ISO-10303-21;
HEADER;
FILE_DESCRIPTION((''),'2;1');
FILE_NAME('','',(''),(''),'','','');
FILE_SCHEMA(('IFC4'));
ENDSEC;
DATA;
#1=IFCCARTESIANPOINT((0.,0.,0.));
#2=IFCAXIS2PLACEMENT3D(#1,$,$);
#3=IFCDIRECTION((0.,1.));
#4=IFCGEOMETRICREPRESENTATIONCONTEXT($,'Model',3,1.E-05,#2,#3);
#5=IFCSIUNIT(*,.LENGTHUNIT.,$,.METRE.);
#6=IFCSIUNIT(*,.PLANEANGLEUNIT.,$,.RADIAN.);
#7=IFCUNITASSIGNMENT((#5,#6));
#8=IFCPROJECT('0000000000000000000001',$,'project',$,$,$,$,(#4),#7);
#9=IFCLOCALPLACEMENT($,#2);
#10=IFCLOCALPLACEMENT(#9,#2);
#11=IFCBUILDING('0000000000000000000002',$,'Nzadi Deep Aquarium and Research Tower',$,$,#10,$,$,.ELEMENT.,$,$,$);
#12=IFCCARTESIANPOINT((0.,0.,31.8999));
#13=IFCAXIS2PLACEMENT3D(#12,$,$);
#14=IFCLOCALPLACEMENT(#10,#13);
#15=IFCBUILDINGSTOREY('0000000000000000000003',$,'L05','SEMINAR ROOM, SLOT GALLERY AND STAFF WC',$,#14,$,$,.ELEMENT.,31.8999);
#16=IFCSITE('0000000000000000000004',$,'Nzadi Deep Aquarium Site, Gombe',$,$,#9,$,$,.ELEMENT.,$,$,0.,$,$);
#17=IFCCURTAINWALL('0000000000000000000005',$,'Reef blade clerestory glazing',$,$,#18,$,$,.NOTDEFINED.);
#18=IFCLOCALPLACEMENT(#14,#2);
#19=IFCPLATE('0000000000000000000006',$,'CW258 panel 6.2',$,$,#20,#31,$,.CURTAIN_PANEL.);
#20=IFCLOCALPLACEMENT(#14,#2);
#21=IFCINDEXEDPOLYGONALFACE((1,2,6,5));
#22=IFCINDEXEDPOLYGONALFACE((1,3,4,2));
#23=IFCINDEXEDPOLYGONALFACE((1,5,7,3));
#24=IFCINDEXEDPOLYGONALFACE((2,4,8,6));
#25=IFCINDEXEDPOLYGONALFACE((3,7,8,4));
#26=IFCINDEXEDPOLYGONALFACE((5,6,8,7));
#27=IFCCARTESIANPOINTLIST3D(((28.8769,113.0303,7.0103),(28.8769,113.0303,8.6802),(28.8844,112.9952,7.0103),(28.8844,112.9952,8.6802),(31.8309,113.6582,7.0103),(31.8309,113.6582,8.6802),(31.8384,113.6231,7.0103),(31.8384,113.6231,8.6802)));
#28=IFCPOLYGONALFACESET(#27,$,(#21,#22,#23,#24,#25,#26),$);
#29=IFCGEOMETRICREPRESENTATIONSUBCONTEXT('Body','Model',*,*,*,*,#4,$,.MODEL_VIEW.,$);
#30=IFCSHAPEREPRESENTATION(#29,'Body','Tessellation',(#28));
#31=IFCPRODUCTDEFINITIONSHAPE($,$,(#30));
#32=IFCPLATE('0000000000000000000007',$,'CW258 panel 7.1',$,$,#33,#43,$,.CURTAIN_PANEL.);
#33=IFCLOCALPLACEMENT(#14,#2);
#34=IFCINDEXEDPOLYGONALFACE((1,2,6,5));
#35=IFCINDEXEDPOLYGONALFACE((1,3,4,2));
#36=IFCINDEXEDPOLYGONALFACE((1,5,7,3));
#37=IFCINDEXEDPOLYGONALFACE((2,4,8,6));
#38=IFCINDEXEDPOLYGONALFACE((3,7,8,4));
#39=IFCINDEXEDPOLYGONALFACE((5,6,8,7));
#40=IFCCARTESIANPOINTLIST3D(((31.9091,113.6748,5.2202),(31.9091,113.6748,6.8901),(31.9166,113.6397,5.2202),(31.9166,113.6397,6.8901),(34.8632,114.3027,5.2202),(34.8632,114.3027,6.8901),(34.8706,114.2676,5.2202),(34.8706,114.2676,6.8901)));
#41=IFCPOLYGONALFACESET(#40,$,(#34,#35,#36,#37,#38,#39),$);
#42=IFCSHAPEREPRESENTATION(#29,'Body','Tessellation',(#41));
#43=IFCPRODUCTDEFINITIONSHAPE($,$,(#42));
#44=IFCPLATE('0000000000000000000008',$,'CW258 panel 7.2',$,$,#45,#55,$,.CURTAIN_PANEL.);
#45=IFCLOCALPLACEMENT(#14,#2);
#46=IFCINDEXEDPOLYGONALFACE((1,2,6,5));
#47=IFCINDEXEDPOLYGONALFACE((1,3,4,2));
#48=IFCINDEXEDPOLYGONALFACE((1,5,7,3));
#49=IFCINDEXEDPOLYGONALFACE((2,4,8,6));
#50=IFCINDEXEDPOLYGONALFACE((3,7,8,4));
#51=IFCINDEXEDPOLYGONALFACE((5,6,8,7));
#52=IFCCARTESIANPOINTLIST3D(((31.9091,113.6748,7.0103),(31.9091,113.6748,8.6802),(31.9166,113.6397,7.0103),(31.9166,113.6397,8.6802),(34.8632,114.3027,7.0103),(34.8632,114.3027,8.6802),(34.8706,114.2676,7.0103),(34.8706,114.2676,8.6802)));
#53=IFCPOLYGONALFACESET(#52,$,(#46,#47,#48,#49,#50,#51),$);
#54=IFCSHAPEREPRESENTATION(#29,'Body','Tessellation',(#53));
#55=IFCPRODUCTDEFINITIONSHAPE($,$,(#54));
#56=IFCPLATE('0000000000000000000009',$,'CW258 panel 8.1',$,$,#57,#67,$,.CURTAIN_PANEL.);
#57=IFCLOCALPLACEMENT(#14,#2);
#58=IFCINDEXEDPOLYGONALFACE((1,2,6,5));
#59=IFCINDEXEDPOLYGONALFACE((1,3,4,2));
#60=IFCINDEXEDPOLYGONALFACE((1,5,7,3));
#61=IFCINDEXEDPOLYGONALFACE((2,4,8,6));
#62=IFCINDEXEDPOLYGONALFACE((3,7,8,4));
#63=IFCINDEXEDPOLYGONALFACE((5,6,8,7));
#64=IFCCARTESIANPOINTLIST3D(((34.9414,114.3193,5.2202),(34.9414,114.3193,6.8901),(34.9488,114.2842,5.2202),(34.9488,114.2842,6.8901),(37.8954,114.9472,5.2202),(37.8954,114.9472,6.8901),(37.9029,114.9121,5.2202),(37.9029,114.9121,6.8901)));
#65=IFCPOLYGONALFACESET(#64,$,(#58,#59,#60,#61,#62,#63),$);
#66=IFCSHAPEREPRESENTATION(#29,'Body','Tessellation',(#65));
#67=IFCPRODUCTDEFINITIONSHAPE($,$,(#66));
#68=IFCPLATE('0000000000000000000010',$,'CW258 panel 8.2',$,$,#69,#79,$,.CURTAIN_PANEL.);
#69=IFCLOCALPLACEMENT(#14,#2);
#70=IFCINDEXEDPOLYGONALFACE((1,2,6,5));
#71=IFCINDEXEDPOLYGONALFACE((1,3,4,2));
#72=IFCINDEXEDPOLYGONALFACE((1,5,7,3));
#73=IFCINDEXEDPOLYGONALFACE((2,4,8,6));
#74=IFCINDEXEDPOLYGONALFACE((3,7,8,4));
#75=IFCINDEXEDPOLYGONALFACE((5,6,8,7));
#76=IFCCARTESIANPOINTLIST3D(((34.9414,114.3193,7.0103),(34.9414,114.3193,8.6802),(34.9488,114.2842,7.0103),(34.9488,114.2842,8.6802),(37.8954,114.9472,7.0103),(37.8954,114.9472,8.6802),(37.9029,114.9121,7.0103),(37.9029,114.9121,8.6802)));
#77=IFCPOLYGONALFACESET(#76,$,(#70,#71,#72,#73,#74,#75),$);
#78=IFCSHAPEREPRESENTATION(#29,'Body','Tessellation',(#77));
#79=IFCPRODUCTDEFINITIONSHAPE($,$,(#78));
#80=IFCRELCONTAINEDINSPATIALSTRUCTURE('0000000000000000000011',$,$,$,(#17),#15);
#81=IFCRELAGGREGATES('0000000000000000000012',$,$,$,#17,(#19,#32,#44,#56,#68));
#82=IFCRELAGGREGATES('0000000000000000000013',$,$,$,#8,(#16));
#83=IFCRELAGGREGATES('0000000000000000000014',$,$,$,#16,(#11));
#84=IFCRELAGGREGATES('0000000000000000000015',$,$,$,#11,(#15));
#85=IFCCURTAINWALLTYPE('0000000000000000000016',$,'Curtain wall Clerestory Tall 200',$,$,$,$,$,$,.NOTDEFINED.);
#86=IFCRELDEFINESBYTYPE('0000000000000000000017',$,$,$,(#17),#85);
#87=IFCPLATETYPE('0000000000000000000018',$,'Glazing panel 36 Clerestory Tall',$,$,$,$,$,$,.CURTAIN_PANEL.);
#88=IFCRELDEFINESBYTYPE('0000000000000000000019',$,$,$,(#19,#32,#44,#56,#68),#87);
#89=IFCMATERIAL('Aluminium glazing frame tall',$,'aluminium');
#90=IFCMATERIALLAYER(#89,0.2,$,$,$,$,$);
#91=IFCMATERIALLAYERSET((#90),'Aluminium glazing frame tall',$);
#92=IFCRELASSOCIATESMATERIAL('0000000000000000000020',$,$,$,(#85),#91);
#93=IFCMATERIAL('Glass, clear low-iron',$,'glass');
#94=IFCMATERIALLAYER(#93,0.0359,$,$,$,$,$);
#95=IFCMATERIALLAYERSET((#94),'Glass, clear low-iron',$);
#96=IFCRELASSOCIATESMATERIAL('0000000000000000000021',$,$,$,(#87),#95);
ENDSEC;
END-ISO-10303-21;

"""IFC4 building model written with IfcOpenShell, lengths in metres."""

from ifc_helpers import new_model, si_unit, direction, frame, origin, origin_2d, place, context, subcontext, project, spatial, rectangle, extrude, material, layer, layer_set, type_object, element, aggregate, save


model = new_model("IFC4")

# Units and contexts
model_context = context("Model", 3, precision=1e-05, world=origin(), true_north=direction((0.0, 1.0)))
body_context = subcontext(model_context, "Body", "Model", "MODEL_VIEW")
ifc_project = project(units=[si_unit("LENGTHUNIT", "METRE"), si_unit("PLANEANGLEUNIT", "RADIAN")], contexts=[model_context])

# Site, building, storey
site_placement = place(None, origin())
site = spatial("IfcSite", under=ifc_project, at=site_placement, Name="Nzadi Deep Aquarium Site, Gombe", CompositionType="ELEMENT", RefElevation=0.0)
building_placement = place(site_placement, origin())
building = spatial("IfcBuilding", under=site, at=building_placement, Name="Nzadi Deep Aquarium and Research Tower", CompositionType="ELEMENT")
storey_placement = place(building_placement, frame((0.0, 0.0, 31.8999)))
storey = spatial("IfcBuildingStorey", under=building, at=storey_placement, Name="L05", Description="SEMINAR ROOM, SLOT GALLERY AND STAFF WC", CompositionType="ELEMENT", Elevation=31.8999)

# Curtain wall
ifc_material_1 = material(Name="Aluminium glazing frame tall", Category="aluminium")
ifc_layer_1 = layer(ifc_material_1, 0.2)
ifc_layer_set_1 = layer_set([ifc_layer_1], Name="Aluminium glazing frame tall")
curtain_wall_type = type_object("IfcCurtainWallType", Name="Curtain wall Clerestory Tall 200", PredefinedType="NOTDEFINED", material=ifc_layer_set_1)
curtain_wall_placement = place(storey_placement, origin())
curtain_wall = element("IfcCurtainWall", 1, at=curtain_wall_placement, inside=storey, type_object=curtain_wall_type, Name="Reef blade clerestory glazing", PredefinedType="NOTDEFINED")

# Plates
ifc_material_2 = material(Name="Glass, clear low-iron", Category="glass")
ifc_layer_2 = layer(ifc_material_2, 0.0359)
ifc_layer_set_2 = layer_set([ifc_layer_2], Name="Glass, clear low-iron")
plate_type = type_object("IfcPlateType", Name="Glazing panel 36 Clerestory Tall", PredefinedType="CURTAIN_PANEL", material=ifc_layer_set_2)
plate_1_placement = place(storey_placement, frame((30.3577, 113.3267, 7.0103), z_axis=(0.0, 0.0, 1.0), x_axis=(0.978148, 0.207912, 0.0)))
plate_1 = element("IfcPlate", 2, at=plate_1_placement, type_object=plate_type, Name="CW258 panel 6.2", PredefinedType="CURTAIN_PANEL", context=body_context, shape_type="SweptSolid", body=[
    extrude(rectangle(XDim=3.02, YDim=0.0359, at=origin_2d()), origin(), (0.0, 0.0, 1.0), 1.6699),
])
plate_2_placement = place(storey_placement, frame((33.3899, 113.9712, 5.2202), z_axis=(0.0, 0.0, 1.0), x_axis=(0.978148, 0.207912, 0.0)))
plate_2 = element("IfcPlate", 3, at=plate_2_placement, type_object=plate_type, Name="CW258 panel 7.1", PredefinedType="CURTAIN_PANEL", context=body_context, shape_type="SweptSolid", body=[
    extrude(rectangle(XDim=3.02, YDim=0.0359, at=origin_2d()), origin(), (0.0, 0.0, 1.0), 1.6699),
])
plate_3_placement = place(storey_placement, frame((33.3899, 113.9712, 7.0103), z_axis=(0.0, 0.0, 1.0), x_axis=(0.978148, 0.207912, 0.0)))
plate_3 = element("IfcPlate", 4, at=plate_3_placement, type_object=plate_type, Name="CW258 panel 7.2", PredefinedType="CURTAIN_PANEL", context=body_context, shape_type="SweptSolid", body=[
    extrude(rectangle(XDim=3.02, YDim=0.0359, at=origin_2d()), origin(), (0.0, 0.0, 1.0), 1.6699),
])
plate_4_placement = place(storey_placement, frame((36.4221, 114.6157, 5.2202), z_axis=(0.0, 0.0, 1.0), x_axis=(0.978148, 0.207912, 0.0)))
plate_4 = element("IfcPlate", 5, at=plate_4_placement, type_object=plate_type, Name="CW258 panel 8.1", PredefinedType="CURTAIN_PANEL", context=body_context, shape_type="SweptSolid", body=[
    extrude(rectangle(XDim=3.02, YDim=0.0359, at=origin_2d()), origin(), (0.0, 0.0, 1.0), 1.6699),
])
plate_5_placement = place(storey_placement, frame((36.4221, 114.6157, 7.0103), z_axis=(0.0, 0.0, 1.0), x_axis=(0.978148, 0.207912, 0.0)))
plate_5 = element("IfcPlate", 6, at=plate_5_placement, type_object=plate_type, Name="CW258 panel 8.2", PredefinedType="CURTAIN_PANEL", context=body_context, shape_type="SweptSolid", body=[
    extrude(rectangle(XDim=3.02, YDim=0.0359, at=origin_2d()), origin(), (0.0, 0.0, 1.0), 1.6699),
])
aggregate(curtain_wall, [plate_1, plate_2, plate_3, plate_4, plate_5])

save(model, "model.ifc")
